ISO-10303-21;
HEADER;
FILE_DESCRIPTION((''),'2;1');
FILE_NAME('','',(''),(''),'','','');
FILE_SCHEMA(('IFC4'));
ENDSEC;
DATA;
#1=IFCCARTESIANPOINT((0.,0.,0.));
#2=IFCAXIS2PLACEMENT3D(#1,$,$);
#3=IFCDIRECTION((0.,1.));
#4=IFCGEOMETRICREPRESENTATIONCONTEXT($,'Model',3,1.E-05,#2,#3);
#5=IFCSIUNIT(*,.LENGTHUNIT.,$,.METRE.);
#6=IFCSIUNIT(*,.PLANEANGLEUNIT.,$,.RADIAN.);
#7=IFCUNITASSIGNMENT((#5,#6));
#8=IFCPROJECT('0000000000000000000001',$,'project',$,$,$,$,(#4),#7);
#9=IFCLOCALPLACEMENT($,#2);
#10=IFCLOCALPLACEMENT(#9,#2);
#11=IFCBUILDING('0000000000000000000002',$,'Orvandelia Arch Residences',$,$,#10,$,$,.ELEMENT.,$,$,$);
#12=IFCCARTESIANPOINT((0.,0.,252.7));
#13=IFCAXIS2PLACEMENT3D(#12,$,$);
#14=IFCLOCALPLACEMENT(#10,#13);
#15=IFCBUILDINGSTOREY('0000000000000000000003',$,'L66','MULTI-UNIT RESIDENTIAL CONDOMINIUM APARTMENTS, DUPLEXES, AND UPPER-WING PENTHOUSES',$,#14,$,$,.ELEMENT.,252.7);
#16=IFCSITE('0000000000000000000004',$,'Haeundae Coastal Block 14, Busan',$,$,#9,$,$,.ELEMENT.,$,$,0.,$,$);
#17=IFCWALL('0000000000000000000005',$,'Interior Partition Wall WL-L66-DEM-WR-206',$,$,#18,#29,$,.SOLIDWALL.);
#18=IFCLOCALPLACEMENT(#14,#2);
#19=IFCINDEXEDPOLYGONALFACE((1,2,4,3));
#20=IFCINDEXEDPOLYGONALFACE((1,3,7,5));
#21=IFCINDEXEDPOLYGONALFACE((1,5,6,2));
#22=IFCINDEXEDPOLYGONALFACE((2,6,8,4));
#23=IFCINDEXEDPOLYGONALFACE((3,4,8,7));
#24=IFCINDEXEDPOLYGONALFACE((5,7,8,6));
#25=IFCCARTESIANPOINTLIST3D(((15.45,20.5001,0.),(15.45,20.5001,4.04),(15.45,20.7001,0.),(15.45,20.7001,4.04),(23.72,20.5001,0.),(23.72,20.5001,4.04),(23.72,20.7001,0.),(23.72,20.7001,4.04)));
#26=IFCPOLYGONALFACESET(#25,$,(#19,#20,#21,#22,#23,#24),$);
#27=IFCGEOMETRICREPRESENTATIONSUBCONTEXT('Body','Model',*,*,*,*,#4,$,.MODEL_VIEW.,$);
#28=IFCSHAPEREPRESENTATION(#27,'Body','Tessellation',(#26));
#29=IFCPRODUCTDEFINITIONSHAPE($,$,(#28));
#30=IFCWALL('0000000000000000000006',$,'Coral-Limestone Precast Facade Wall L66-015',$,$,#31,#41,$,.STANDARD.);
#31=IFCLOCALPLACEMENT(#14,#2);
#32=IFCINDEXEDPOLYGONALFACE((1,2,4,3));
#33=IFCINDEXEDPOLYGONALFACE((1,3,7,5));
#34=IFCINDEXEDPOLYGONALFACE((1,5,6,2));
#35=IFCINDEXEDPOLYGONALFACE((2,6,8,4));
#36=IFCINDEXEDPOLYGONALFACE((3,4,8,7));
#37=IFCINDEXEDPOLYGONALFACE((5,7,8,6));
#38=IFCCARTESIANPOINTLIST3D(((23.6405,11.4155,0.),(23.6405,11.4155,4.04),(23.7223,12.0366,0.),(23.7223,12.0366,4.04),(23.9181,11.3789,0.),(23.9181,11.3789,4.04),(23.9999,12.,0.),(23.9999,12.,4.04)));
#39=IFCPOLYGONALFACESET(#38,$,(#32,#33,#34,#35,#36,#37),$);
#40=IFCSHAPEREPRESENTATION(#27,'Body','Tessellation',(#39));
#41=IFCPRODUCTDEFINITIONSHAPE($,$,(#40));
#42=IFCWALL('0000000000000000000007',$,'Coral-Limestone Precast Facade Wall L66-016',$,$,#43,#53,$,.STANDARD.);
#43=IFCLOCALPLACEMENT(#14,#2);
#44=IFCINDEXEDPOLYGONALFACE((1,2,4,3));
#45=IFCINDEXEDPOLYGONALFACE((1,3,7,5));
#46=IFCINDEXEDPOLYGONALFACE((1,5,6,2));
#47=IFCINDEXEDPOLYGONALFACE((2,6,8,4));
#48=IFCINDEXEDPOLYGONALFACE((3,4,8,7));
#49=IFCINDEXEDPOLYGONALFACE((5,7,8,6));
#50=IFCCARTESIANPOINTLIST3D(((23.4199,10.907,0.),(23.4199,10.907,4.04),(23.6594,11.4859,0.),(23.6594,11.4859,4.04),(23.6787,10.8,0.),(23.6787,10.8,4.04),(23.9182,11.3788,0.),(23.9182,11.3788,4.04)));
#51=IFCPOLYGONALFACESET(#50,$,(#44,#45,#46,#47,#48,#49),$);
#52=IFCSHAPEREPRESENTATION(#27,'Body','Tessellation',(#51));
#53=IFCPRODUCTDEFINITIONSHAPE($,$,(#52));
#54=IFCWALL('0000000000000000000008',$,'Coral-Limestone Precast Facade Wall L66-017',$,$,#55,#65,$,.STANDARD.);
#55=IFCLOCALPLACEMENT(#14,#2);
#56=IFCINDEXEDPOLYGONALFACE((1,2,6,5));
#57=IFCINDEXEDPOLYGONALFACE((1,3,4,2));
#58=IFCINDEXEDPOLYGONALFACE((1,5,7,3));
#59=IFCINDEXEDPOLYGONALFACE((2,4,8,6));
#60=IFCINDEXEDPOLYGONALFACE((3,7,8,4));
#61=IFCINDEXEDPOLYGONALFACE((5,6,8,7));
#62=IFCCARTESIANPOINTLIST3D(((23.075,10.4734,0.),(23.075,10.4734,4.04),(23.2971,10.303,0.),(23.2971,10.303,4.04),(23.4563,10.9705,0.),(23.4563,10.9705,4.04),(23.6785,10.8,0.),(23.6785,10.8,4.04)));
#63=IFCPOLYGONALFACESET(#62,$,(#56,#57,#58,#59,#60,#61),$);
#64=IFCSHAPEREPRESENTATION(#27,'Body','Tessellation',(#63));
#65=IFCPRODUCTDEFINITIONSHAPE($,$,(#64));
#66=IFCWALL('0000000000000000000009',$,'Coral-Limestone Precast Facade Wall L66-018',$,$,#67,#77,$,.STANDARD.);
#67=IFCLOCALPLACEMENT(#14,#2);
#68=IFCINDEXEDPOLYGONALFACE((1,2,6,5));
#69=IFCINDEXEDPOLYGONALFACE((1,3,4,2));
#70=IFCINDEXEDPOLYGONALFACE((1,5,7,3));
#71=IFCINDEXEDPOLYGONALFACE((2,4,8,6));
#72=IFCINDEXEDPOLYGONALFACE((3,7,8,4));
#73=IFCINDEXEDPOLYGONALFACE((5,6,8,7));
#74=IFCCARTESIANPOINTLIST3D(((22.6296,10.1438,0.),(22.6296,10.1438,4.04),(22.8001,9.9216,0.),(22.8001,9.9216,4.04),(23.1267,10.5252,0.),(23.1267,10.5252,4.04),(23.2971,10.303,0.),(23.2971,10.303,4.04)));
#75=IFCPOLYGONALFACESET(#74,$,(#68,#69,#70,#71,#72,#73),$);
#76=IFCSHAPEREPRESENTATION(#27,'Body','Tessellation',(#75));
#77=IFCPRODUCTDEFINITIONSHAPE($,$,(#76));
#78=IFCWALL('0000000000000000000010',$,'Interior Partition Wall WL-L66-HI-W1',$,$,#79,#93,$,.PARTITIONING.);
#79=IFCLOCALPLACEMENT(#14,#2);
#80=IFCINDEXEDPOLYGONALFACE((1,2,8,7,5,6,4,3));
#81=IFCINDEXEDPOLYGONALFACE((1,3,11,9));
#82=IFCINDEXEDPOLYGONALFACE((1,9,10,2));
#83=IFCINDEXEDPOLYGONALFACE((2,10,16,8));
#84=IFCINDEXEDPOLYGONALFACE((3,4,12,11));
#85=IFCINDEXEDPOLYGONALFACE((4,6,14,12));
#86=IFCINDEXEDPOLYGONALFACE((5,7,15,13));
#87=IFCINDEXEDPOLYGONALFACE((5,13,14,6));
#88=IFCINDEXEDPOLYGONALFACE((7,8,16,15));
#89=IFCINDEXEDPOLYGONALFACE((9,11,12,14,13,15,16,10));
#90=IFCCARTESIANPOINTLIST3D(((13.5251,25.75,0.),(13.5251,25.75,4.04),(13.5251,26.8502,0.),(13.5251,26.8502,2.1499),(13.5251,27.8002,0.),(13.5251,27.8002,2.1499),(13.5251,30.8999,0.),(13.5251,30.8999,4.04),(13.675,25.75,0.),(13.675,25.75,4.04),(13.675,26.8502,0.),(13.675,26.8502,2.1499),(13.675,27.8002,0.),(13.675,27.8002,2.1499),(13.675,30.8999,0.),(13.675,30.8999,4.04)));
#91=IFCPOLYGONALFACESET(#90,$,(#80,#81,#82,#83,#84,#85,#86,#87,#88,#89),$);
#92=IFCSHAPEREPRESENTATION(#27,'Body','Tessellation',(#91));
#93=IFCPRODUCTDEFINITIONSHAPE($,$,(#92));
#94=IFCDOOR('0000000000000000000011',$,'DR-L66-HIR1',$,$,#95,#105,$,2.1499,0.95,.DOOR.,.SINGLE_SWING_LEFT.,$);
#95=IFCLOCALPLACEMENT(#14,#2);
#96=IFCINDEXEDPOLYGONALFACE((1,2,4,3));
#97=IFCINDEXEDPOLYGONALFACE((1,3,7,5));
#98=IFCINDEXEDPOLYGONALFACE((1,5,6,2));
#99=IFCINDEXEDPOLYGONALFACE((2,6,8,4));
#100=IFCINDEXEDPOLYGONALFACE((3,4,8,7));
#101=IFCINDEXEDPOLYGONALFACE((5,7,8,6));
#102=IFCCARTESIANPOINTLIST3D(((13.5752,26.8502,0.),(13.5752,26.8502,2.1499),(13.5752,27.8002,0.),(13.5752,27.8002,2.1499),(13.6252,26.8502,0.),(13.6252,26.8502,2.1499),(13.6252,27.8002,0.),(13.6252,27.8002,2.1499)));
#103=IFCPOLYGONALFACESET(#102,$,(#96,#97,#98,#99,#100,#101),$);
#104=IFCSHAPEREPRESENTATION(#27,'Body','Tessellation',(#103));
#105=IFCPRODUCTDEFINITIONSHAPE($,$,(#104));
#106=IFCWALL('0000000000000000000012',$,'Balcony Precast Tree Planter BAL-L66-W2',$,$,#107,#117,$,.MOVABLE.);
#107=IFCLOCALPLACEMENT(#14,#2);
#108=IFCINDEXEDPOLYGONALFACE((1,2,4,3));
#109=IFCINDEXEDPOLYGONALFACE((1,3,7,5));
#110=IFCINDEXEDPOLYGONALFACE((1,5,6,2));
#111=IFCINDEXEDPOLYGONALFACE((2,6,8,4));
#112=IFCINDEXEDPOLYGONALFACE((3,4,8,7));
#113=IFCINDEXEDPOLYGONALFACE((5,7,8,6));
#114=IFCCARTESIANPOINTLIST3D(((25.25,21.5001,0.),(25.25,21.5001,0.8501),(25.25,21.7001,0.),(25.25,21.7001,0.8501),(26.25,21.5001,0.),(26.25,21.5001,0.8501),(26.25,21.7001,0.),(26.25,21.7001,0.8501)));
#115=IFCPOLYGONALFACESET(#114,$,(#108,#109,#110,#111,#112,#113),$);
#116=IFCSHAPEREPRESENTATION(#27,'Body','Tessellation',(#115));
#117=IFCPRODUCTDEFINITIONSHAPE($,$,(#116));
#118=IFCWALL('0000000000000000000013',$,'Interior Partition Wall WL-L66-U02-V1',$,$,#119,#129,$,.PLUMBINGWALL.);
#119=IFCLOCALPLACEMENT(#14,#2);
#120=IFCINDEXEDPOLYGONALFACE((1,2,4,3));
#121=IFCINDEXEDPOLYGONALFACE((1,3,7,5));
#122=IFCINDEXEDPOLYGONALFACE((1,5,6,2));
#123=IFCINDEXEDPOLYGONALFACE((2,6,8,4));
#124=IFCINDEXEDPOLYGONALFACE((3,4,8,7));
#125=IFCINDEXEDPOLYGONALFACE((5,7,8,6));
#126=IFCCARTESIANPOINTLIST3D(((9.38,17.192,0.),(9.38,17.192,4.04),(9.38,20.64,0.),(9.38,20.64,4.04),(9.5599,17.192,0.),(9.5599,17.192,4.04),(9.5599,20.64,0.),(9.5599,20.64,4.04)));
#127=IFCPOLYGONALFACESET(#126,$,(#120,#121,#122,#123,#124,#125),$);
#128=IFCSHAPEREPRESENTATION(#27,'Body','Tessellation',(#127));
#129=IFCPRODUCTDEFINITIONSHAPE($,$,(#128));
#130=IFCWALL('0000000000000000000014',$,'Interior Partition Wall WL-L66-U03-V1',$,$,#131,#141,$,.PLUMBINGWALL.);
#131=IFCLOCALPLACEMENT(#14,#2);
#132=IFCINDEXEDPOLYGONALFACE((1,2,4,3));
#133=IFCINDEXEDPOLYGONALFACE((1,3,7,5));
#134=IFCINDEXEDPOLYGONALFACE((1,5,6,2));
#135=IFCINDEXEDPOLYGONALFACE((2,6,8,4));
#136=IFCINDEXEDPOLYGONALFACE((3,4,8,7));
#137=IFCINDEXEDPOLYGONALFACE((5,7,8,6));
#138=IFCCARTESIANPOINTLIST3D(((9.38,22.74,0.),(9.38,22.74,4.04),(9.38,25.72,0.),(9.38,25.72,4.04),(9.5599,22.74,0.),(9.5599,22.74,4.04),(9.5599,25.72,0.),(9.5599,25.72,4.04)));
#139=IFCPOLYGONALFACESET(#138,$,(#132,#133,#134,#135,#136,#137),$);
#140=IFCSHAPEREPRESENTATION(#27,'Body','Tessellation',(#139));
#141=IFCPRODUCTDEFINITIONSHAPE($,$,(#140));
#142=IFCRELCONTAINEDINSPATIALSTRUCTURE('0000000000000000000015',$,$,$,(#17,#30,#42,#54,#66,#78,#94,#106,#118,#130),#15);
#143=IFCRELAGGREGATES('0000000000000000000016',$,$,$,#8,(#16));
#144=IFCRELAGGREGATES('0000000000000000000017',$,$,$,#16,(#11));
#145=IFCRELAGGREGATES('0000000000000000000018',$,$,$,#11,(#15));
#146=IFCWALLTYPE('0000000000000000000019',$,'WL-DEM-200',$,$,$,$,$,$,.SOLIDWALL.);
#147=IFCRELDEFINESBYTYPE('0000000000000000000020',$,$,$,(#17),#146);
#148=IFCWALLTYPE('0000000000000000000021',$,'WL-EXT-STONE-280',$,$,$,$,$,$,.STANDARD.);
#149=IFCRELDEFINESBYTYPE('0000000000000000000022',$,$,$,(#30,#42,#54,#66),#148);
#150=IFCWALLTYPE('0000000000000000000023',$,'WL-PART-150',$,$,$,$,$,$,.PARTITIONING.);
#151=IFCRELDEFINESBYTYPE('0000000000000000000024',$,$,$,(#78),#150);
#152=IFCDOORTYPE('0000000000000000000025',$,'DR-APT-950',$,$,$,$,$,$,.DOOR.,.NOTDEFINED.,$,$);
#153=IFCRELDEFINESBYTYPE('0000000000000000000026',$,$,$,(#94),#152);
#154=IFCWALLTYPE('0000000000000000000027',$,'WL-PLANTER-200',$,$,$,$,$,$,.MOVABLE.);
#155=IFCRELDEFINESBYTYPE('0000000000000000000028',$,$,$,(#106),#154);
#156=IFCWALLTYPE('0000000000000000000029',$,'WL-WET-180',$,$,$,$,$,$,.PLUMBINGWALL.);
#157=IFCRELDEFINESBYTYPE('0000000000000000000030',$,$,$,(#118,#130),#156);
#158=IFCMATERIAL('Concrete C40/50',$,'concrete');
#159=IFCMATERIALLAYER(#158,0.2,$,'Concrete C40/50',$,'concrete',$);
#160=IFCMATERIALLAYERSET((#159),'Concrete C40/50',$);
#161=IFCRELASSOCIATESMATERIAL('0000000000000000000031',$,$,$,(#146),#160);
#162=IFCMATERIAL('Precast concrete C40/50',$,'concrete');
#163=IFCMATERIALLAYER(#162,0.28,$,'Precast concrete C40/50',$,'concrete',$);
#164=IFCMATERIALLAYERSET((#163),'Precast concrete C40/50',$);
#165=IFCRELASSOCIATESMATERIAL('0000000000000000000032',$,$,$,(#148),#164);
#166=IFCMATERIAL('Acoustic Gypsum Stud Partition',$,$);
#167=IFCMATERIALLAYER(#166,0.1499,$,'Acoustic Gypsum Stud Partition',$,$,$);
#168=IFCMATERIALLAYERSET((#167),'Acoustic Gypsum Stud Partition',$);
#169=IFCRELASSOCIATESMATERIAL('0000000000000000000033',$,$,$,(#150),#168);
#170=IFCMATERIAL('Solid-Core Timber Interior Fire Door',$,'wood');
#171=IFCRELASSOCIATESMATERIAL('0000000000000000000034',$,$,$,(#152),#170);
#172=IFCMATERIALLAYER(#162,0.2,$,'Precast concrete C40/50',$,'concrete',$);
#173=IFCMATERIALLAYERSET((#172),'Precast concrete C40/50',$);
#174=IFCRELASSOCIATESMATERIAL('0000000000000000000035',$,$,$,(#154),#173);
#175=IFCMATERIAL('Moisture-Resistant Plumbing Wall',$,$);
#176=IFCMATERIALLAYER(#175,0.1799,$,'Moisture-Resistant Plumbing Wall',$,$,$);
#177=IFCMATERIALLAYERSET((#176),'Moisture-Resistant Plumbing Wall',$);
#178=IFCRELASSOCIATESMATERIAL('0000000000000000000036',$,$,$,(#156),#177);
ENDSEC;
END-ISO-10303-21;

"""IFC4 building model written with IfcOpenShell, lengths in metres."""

from ifc_helpers import new_model, si_unit, direction, frame, frame_2d, origin, place, context, subcontext, project, spatial, rectangle, extrude, material, layer, layer_set, type_object, element, fill, save


model = new_model("IFC4")

# Units and contexts
model_context = context("Model", 3, precision=1e-05, world=origin(), true_north=direction((0.0, 1.0)))
body_context = subcontext(model_context, "Body", "Model", "MODEL_VIEW")
ifc_project = project(units=[si_unit("LENGTHUNIT", "METRE"), si_unit("PLANEANGLEUNIT", "RADIAN")], contexts=[model_context])

# Site, building, storey
site_placement = place(None, origin())
site = spatial("IfcSite", under=ifc_project, at=site_placement, Name="Haeundae Coastal Block 14, Busan", CompositionType="ELEMENT", RefElevation=0.0)
building_placement = place(site_placement, origin())
building = spatial("IfcBuilding", under=site, at=building_placement, Name="Orvandelia Arch Residences", CompositionType="ELEMENT")
storey_placement = place(building_placement, frame((0.0, 0.0, 252.7)))
storey = spatial("IfcBuildingStorey", under=building, at=storey_placement, Name="L66", Description="MULTI-UNIT RESIDENTIAL CONDOMINIUM APARTMENTS, DUPLEXES, AND UPPER-WING PENTHOUSES", CompositionType="ELEMENT", Elevation=252.7)

# Walls
ifc_material_1 = material(Name="Concrete C40/50", Category="concrete")
ifc_layer_1 = layer(ifc_material_1, 0.2, Name="Concrete C40/50", Category="concrete")
ifc_layer_set_1 = layer_set([ifc_layer_1], Name="Concrete C40/50")
wall_type_1 = type_object("IfcWallType", Name="WL-DEM-200", PredefinedType="SOLIDWALL", material=ifc_layer_set_1)
for number, where, z_axis, x_axis, name in (
    (1, (15.45, 20.6001, 0.0), (0.0, 0.0, 1.0), (1.0, 0.0, 0.0), "Interior Partition Wall WL-L66-DEM-WR-206"),
):
    element("IfcWall", number, at=place(storey_placement, frame(where, z_axis=z_axis, x_axis=x_axis)), inside=storey, type_object=wall_type_1, Name=name, PredefinedType="SOLIDWALL", context=body_context, shape_type="SweptSolid", body=[
        extrude(rectangle(XDim=8.27, YDim=0.2, at=frame_2d((4.135, 0.0))), origin(), (0.0, 0.0, 1.0), 4.04),
    ])
ifc_material_2 = material(Name="Precast concrete C40/50", Category="concrete")
ifc_layer_2 = layer(ifc_material_2, 0.28, Name="Precast concrete C40/50", Category="concrete")
ifc_layer_set_2 = layer_set([ifc_layer_2], Name="Precast concrete C40/50")
wall_type_2 = type_object("IfcWallType", Name="WL-EXT-STONE-280", PredefinedType="STANDARD", material=ifc_layer_set_2)
for number, where, z_axis, x_axis, name in (
    (2, (23.8611, 12.0183, 0.0), (0.0, 0.0, 1.0), (-0.130555, -0.991441, 0.0), "Coral-Limestone Precast Facade Wall L66-015"),
    (3, (23.7888, 11.4324, 0.0), (0.0, 0.0, 1.0), (-0.382317, -0.924031, 0.0), "Coral-Limestone Precast Facade Wall L66-016"),
    (4, (23.5674, 10.8853, 0.0), (0.0, 0.0, 1.0), (-0.608693, -0.793406, 0.0), "Coral-Limestone Precast Facade Wall L66-017"),
    (5, (23.2119, 10.4141, 0.0), (0.0, 0.0, 1.0), (-0.793406, -0.608693, 0.0), "Coral-Limestone Precast Facade Wall L66-018"),
):
    element("IfcWall", number, at=place(storey_placement, frame(where, z_axis=z_axis, x_axis=x_axis)), inside=storey, type_object=wall_type_2, Name=name, PredefinedType="STANDARD", context=body_context, shape_type="SweptSolid", body=[
        extrude(rectangle(XDim=0.6265, YDim=0.28, at=frame_2d((0.3132, 0.0))), origin(), (0.0, 0.0, 1.0), 4.04),
    ])

# Wall, opening, door
ifc_material_3 = material(Name="Acoustic Gypsum Stud Partition")
ifc_layer_3 = layer(ifc_material_3, 0.1499, Name="Acoustic Gypsum Stud Partition")
ifc_layer_set_3 = layer_set([ifc_layer_3], Name="Acoustic Gypsum Stud Partition")
wall_type_3 = type_object("IfcWallType", Name="WL-PART-150", PredefinedType="PARTITIONING", material=ifc_layer_set_3)
wall_1_placement = place(storey_placement, frame((13.6001, 25.75, 0.0), z_axis=(0.0, 0.0, 1.0), x_axis=(0.0, 1.0, 0.0)))
wall_1 = element("IfcWall", 6, at=wall_1_placement, inside=storey, type_object=wall_type_3, Name="Interior Partition Wall WL-L66-HI-W1", PredefinedType="PARTITIONING", context=body_context, shape_type="SweptSolid", body=[
    extrude(rectangle(XDim=5.1499, YDim=0.1499, at=frame_2d((2.575, 0.0))), origin(), (0.0, 0.0, 1.0), 4.04),
])
opening_1_placement = place(wall_1_placement, frame((1.1001, 0.0, 0.0)))
opening_1 = element("IfcOpeningElement", 7, at=opening_1_placement, cuts=wall_1, PredefinedType="OPENING", context=body_context, shape_type="SweptSolid", body=[
    extrude(rectangle(XDim=0.95, YDim=2.1499, at=frame_2d((0.4751, 1.075))), frame((0.0, 0.085, 0.0), z_axis=(0.0, -1.0, 0.0), x_axis=(1.0, 0.0, 0.0)), (0.0, 0.0, 1.0), 0.1699),
])
ifc_material_4 = material(Name="Solid-Core Timber Interior Fire Door", Category="wood")
door_type_1 = type_object("IfcDoorType", Name="DR-APT-950", OperationType="NOTDEFINED", PredefinedType="DOOR", material=ifc_material_4)
door_1_placement = place(opening_1_placement, origin())
door_1 = element("IfcDoor", 8, at=door_1_placement, inside=storey, type_object=door_type_1, Name="DR-L66-HIR1", OperationType="SINGLE_SWING_LEFT", OverallHeight=2.1499, OverallWidth=0.95, PredefinedType="DOOR", context=body_context, shape_type="SweptSolid", body=[
    extrude(rectangle(XDim=0.95, YDim=2.1499, at=frame_2d((0.4751, 1.075))), frame((0.0, 0.0249, 0.0), z_axis=(0.0, -1.0, 0.0), x_axis=(1.0, 0.0, 0.0)), (0.0, 0.0, 1.0), 0.05),
])
fill(opening_1, door_1)

# Walls
ifc_layer_4 = layer(ifc_material_2, 0.2, Name="Precast concrete C40/50", Category="concrete")
ifc_layer_set_4 = layer_set([ifc_layer_4], Name="Precast concrete C40/50")
wall_type_4 = type_object("IfcWallType", Name="WL-PLANTER-200", PredefinedType="MOVABLE", material=ifc_layer_set_4)
wall_2_placement = place(storey_placement, frame((25.25, 21.6001, 0.0), z_axis=(0.0, 0.0, 1.0), x_axis=(1.0, 0.0, 0.0)))
element("IfcWall", 9, at=wall_2_placement, inside=storey, type_object=wall_type_4, Name="Balcony Precast Tree Planter BAL-L66-W2", PredefinedType="MOVABLE", context=body_context, shape_type="SweptSolid", body=[
    extrude(rectangle(XDim=1.0, YDim=0.2, at=frame_2d((0.5, 0.0))), origin(), (0.0, 0.0, 1.0), 0.8501),
])
ifc_material_5 = material(Name="Moisture-Resistant Plumbing Wall")
ifc_layer_5 = layer(ifc_material_5, 0.1799, Name="Moisture-Resistant Plumbing Wall")
ifc_layer_set_5 = layer_set([ifc_layer_5], Name="Moisture-Resistant Plumbing Wall")
wall_type_5 = type_object("IfcWallType", Name="WL-WET-180", PredefinedType="PLUMBINGWALL", material=ifc_layer_set_5)
wall_3_placement = place(storey_placement, frame((9.47, 17.1919, 0.0), z_axis=(0.0, 0.0, 1.0), x_axis=(0.0, 1.0, 0.0)))
element("IfcWall", 10, at=wall_3_placement, inside=storey, type_object=wall_type_5, Name="Interior Partition Wall WL-L66-U02-V1", PredefinedType="PLUMBINGWALL", context=body_context, shape_type="SweptSolid", body=[
    extrude(rectangle(XDim=3.448, YDim=0.1799, at=frame_2d((1.7241, 0.0))), origin(), (0.0, 0.0, 1.0), 4.04),
])
wall_4_placement = place(storey_placement, frame((9.47, 22.74, 0.0), z_axis=(0.0, 0.0, 1.0), x_axis=(0.0, 1.0, 0.0)))
element("IfcWall", 11, at=wall_4_placement, inside=storey, type_object=wall_type_5, Name="Interior Partition Wall WL-L66-U03-V1", PredefinedType="PLUMBINGWALL", context=body_context, shape_type="SweptSolid", body=[
    extrude(rectangle(XDim=2.98, YDim=0.1799, at=frame_2d((1.49, 0.0))), origin(), (0.0, 0.0, 1.0), 4.04),
])

save(model, "model.ifc")
